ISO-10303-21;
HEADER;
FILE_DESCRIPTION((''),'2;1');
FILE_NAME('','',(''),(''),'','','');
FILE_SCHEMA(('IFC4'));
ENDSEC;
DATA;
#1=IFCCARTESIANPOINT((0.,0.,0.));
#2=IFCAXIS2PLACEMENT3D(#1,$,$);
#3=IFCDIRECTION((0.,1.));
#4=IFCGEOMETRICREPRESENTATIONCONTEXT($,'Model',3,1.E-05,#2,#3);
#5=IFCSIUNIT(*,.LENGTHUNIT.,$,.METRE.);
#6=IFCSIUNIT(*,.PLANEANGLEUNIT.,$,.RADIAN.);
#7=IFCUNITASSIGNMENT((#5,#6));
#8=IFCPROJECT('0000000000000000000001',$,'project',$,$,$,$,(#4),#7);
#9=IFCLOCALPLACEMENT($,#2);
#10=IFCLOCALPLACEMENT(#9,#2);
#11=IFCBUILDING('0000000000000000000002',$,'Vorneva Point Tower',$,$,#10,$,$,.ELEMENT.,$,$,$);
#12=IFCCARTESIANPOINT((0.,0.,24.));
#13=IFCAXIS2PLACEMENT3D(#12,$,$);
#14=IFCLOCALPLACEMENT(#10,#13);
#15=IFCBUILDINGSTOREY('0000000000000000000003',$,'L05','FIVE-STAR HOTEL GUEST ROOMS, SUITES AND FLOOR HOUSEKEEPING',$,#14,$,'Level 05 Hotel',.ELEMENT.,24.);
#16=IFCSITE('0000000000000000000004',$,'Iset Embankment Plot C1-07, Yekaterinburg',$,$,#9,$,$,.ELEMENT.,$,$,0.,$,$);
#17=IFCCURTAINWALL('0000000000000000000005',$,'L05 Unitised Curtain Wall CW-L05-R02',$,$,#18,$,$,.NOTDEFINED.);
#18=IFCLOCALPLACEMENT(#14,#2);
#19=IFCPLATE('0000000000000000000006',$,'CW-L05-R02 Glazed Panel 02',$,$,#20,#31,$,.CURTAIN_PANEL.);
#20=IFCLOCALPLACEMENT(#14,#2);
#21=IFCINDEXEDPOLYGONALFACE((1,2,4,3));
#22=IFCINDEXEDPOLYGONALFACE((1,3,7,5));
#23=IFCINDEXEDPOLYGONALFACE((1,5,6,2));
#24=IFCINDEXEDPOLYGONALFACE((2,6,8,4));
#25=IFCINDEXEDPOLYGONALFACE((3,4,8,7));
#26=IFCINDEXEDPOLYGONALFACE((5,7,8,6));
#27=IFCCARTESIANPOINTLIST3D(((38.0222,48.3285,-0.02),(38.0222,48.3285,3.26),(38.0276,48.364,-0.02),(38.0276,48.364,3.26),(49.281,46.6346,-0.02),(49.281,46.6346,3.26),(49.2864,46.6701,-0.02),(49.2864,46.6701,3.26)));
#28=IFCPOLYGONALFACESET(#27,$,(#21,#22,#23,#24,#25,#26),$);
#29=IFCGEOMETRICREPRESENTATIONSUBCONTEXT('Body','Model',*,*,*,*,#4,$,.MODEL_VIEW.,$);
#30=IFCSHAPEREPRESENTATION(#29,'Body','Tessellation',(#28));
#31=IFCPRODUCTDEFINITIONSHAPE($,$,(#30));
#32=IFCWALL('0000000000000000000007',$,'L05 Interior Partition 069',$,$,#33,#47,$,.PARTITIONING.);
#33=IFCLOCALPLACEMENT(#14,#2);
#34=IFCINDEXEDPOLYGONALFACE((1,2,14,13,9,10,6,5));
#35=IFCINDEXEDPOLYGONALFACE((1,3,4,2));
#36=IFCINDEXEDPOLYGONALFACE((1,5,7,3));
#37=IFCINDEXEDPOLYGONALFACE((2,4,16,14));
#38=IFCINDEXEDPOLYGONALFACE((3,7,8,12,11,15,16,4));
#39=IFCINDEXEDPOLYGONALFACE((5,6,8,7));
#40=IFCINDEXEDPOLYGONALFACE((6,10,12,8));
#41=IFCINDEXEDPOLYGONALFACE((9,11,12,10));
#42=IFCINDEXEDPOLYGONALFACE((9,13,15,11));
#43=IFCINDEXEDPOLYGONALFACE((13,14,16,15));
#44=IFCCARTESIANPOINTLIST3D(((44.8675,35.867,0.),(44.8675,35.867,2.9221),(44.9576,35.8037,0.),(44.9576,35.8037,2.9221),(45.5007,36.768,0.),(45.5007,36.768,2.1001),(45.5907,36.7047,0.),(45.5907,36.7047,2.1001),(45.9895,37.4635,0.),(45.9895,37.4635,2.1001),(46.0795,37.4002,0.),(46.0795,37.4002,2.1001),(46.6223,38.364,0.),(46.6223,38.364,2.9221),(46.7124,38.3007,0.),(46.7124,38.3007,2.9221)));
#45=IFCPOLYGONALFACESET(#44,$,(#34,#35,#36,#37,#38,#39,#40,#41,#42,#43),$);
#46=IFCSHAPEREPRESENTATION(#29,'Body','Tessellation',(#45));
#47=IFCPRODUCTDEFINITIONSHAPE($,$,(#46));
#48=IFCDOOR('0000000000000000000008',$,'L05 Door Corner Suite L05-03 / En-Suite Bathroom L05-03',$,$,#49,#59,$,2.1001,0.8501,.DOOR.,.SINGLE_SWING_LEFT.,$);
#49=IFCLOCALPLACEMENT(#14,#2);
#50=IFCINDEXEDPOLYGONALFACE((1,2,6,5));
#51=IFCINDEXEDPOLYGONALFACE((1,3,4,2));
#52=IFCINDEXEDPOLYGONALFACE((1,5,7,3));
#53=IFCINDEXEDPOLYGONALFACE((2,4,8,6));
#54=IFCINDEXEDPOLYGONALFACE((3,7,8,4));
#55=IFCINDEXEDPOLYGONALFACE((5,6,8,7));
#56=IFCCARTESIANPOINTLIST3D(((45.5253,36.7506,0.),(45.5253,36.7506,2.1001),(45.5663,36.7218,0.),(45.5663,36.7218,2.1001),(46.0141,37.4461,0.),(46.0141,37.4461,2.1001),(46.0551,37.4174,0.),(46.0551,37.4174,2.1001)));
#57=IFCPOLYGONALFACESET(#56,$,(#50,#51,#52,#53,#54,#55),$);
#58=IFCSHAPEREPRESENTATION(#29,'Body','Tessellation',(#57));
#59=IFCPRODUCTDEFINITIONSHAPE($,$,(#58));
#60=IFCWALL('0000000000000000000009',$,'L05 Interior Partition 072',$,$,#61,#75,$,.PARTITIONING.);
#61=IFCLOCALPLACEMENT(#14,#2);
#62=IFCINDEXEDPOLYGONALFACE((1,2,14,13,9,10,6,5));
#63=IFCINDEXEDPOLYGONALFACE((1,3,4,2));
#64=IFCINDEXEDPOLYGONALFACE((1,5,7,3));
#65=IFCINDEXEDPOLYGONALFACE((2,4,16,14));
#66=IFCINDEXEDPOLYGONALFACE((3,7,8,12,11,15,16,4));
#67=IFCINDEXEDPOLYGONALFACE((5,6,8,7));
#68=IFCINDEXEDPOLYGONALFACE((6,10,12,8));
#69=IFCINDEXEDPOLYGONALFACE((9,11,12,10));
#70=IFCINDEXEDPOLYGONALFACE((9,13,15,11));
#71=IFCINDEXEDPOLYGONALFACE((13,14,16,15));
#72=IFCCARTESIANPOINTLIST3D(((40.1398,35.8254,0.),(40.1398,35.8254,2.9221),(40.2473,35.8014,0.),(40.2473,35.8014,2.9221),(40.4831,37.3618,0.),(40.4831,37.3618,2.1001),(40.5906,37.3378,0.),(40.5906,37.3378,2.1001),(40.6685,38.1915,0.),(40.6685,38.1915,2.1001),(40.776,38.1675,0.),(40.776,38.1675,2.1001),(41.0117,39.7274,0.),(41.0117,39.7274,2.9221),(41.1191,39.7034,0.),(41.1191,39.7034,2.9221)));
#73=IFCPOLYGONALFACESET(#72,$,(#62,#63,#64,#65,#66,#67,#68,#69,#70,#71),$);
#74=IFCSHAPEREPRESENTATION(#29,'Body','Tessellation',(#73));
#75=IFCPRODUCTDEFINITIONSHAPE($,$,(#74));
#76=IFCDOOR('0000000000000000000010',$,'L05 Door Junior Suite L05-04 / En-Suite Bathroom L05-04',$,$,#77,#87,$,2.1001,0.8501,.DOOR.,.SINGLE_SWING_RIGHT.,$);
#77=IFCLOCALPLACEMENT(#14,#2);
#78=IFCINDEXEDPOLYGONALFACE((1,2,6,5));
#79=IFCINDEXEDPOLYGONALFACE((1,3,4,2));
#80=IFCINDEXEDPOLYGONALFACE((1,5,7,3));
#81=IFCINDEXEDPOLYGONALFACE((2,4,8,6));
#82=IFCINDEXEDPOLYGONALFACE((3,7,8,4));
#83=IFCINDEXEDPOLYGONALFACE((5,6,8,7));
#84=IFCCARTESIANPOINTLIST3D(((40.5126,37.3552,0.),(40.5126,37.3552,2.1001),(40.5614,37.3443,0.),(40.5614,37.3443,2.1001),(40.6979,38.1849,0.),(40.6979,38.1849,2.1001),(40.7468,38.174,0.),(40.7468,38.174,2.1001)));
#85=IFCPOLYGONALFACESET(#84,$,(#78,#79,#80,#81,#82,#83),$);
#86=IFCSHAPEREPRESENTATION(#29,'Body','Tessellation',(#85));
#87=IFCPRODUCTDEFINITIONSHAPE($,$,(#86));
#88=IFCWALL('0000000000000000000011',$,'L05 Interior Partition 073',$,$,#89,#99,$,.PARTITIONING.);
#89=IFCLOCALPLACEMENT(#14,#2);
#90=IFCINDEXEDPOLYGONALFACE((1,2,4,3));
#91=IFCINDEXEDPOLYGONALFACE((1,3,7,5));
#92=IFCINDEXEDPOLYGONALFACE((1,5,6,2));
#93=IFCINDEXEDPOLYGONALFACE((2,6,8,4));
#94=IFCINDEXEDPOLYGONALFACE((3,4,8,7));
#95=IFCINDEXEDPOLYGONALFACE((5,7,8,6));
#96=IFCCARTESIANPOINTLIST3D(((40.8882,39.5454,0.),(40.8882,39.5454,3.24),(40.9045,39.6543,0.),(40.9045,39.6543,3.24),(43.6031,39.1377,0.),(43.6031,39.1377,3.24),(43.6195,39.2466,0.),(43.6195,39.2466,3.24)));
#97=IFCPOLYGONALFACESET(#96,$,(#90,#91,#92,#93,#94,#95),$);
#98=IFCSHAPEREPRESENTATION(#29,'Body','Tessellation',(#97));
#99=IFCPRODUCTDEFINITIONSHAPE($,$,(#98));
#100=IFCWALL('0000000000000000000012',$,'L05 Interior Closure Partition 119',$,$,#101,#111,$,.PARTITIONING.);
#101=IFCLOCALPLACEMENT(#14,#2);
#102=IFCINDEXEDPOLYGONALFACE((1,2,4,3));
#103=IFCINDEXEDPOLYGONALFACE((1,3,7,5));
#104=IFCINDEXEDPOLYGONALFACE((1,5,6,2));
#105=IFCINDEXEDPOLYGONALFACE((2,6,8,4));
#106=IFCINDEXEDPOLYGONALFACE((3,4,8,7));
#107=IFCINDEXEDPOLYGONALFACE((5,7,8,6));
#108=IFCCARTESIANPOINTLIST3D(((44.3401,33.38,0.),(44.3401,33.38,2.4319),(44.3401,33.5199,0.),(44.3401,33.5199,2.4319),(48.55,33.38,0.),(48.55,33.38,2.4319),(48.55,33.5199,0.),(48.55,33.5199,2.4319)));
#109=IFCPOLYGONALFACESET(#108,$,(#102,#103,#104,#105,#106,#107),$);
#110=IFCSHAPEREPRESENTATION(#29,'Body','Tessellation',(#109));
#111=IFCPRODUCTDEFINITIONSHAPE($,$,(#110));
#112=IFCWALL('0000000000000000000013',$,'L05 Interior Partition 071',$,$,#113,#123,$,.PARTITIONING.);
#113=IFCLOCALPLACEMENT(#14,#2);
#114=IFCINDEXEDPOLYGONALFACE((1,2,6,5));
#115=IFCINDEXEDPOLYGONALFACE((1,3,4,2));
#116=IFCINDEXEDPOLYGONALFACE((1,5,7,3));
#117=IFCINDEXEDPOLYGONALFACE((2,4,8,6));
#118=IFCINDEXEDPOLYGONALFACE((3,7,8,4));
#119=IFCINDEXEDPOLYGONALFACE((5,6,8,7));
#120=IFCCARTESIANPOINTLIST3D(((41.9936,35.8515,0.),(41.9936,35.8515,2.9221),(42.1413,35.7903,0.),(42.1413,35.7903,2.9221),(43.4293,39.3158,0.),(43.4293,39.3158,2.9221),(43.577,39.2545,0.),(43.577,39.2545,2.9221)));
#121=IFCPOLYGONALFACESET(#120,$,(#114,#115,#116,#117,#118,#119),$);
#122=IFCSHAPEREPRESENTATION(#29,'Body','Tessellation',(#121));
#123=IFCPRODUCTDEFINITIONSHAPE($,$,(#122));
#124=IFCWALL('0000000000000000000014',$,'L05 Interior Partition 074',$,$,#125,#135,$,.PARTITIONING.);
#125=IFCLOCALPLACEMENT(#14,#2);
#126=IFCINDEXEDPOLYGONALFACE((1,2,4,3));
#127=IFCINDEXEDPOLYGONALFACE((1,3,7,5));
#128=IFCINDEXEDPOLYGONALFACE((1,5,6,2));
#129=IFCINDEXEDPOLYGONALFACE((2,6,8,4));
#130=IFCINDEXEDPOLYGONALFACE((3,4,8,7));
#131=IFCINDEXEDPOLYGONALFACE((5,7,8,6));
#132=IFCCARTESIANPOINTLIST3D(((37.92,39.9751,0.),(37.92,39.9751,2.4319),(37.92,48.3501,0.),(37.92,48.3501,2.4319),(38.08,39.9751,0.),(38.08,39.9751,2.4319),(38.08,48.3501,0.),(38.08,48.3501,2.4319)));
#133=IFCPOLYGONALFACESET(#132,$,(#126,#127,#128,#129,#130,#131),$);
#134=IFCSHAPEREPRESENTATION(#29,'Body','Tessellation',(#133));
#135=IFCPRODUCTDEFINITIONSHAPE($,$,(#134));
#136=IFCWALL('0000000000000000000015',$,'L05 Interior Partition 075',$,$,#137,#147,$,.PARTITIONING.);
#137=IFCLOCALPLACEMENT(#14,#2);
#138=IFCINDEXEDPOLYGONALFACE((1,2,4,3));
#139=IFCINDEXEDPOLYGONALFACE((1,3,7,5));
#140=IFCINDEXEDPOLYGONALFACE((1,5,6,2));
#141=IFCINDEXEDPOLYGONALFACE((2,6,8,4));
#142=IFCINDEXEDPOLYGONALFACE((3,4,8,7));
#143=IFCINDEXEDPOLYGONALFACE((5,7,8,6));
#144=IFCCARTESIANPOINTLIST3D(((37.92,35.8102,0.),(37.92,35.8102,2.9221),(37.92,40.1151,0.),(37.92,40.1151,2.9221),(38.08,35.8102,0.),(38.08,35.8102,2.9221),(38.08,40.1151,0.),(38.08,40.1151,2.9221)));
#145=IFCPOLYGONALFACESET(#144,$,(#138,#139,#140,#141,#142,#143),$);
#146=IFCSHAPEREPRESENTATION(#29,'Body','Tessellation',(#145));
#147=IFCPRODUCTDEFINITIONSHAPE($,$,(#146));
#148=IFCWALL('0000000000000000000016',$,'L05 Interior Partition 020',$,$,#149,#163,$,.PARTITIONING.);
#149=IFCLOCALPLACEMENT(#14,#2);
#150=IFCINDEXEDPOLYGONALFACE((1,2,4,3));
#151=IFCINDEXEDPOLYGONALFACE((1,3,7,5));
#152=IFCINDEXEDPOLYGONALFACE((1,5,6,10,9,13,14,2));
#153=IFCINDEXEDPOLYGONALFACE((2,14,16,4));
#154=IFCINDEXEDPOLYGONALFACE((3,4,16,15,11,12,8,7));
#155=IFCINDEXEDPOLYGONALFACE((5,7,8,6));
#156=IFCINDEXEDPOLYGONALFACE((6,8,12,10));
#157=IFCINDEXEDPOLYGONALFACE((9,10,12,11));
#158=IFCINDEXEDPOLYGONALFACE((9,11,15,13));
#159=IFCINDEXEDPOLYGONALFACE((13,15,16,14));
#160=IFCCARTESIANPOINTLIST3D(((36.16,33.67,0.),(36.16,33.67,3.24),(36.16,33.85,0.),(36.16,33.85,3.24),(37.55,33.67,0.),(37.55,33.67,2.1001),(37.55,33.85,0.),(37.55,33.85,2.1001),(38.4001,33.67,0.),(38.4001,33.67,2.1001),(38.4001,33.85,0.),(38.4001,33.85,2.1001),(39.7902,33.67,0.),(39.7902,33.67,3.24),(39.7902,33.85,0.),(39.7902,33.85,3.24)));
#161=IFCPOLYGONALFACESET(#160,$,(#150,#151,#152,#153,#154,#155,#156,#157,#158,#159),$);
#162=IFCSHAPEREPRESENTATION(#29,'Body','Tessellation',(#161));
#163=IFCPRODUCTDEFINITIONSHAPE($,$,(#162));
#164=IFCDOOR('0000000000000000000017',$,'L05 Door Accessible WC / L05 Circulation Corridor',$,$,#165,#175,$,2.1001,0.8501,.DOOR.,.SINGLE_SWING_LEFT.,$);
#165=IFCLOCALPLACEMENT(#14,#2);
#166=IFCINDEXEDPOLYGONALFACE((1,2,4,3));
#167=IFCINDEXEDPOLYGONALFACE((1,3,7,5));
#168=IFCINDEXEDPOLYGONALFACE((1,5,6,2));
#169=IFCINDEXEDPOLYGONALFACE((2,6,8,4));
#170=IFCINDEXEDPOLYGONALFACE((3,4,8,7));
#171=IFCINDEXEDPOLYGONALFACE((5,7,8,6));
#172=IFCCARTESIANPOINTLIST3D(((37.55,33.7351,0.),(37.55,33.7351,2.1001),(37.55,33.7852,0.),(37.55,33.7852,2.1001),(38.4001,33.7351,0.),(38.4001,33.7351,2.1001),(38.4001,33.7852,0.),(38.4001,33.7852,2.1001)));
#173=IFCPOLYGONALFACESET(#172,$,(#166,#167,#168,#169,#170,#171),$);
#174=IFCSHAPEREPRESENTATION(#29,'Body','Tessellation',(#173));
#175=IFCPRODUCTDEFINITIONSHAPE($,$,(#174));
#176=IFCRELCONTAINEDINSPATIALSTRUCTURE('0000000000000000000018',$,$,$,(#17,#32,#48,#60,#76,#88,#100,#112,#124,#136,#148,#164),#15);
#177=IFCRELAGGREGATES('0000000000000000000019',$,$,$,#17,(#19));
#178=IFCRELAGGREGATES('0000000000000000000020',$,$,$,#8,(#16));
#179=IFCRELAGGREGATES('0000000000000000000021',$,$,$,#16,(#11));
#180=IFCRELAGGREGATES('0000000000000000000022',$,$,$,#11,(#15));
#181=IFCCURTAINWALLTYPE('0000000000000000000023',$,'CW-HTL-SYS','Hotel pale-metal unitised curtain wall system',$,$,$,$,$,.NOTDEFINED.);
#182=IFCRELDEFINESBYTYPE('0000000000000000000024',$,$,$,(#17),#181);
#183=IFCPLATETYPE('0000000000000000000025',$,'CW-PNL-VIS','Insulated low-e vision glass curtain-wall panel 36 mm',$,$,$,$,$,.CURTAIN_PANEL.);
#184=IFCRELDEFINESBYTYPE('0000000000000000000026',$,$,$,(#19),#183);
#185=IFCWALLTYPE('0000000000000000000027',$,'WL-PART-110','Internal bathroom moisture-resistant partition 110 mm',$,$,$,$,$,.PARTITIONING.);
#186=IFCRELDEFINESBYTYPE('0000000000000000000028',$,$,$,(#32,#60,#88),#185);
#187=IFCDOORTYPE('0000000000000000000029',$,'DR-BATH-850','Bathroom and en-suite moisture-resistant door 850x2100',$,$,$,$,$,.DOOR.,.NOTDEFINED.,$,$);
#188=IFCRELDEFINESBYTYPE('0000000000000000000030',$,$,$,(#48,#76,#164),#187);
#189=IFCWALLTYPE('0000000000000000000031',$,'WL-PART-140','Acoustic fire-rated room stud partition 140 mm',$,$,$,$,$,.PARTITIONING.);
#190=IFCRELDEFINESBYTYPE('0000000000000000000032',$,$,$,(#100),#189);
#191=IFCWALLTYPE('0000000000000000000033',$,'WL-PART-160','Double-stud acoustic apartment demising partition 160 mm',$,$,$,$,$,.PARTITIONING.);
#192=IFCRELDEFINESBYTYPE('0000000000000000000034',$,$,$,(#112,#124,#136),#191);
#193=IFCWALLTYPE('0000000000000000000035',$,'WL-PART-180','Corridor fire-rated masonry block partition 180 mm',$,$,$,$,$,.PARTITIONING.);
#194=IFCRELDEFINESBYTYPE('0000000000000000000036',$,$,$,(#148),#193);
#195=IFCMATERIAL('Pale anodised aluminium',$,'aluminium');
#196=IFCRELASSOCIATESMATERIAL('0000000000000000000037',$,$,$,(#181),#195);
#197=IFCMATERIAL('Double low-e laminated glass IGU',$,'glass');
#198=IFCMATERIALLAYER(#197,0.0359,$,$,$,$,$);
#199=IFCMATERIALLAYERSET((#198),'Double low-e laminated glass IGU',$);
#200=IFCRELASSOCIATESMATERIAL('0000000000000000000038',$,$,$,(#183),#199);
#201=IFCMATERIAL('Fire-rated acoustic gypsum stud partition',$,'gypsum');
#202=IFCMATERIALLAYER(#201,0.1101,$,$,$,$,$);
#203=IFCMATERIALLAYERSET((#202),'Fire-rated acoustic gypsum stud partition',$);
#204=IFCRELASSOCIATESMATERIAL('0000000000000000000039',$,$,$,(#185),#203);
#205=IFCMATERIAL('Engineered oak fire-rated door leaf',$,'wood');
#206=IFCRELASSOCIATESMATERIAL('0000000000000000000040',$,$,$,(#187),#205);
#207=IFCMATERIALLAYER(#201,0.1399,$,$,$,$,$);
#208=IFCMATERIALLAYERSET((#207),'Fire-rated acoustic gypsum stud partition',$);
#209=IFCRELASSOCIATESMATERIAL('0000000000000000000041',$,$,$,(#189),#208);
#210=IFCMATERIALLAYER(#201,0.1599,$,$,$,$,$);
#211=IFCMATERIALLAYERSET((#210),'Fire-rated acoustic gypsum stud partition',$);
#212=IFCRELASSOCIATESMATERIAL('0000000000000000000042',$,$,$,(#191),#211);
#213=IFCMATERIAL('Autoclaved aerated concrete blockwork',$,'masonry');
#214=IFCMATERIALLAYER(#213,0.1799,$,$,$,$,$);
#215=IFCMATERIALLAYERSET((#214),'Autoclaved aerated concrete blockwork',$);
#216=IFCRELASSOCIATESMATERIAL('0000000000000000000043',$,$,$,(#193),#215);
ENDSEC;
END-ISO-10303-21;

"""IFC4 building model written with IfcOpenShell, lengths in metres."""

from ifc_helpers import new_model, si_unit, direction, frame, frame_2d, origin, origin_2d, place, context, subcontext, project, spatial, rectangle, extrude, material, layer, layer_set, type_object, element, fill, aggregate, save


model = new_model("IFC4")

# Units and contexts
model_context = context("Model", 3, precision=1e-05, world=origin(), true_north=direction((0.0, 1.0)))
body_context = subcontext(model_context, "Body", "Model", "MODEL_VIEW")
ifc_project = project(units=[si_unit("LENGTHUNIT", "METRE"), si_unit("PLANEANGLEUNIT", "RADIAN")], contexts=[model_context])

# Site, building, storey
site_placement = place(None, origin())
site = spatial("IfcSite", under=ifc_project, at=site_placement, Name="Iset Embankment Plot C1-07, Yekaterinburg", CompositionType="ELEMENT", RefElevation=0.0)
building_placement = place(site_placement, origin())
building = spatial("IfcBuilding", under=site, at=building_placement, Name="Vorneva Point Tower", CompositionType="ELEMENT")
storey_placement = place(building_placement, frame((0.0, 0.0, 24.0)))
storey = spatial("IfcBuildingStorey", under=building, at=storey_placement, Name="L05", Description="FIVE-STAR HOTEL GUEST ROOMS, SUITES AND FLOOR HOUSEKEEPING", LongName="Level 05 Hotel", CompositionType="ELEMENT", Elevation=24.0)

# Curtain wall, plate
ifc_material_1 = material(Name="Pale anodised aluminium", Category="aluminium")
curtain_wall_type = type_object("IfcCurtainWallType", Name="CW-HTL-SYS", Description="Hotel pale-metal unitised curtain wall system", PredefinedType="NOTDEFINED", material=ifc_material_1)
curtain_wall_placement = place(storey_placement, origin())
curtain_wall = element("IfcCurtainWall", 1, at=curtain_wall_placement, inside=storey, type_object=curtain_wall_type, Name="L05 Unitised Curtain Wall CW-L05-R02", PredefinedType="NOTDEFINED")
ifc_material_2 = material(Name="Double low-e laminated glass IGU", Category="glass")
ifc_layer_1 = layer(ifc_material_2, 0.0359)
ifc_layer_set_1 = layer_set([ifc_layer_1], Name="Double low-e laminated glass IGU")
plate_type = type_object("IfcPlateType", Name="CW-PNL-VIS", Description="Insulated low-e vision glass curtain-wall panel 36 mm", PredefinedType="CURTAIN_PANEL", material=ifc_layer_set_1)
plate_placement = place(storey_placement, frame((43.6543, 47.4993, -0.02), z_axis=(0.0, 0.0, 1.0), x_axis=(-0.988871, 0.148776, 0.0)))
plate = element("IfcPlate", 2, at=plate_placement, type_object=plate_type, Name="CW-L05-R02 Glazed Panel 02", PredefinedType="CURTAIN_PANEL", context=body_context, shape_type="SweptSolid", body=[
    extrude(rectangle(XDim=11.3855, YDim=0.0359, at=origin_2d()), origin(), (0.0, 0.0, 1.0), 3.28),
])
aggregate(curtain_wall, [plate])

# Walls, openings, doors
ifc_material_3 = material(Name="Fire-rated acoustic gypsum stud partition", Category="gypsum")
ifc_layer_2 = layer(ifc_material_3, 0.1101)
ifc_layer_set_2 = layer_set([ifc_layer_2], Name="Fire-rated acoustic gypsum stud partition")
wall_type_1 = type_object("IfcWallType", Name="WL-PART-110", Description="Internal bathroom moisture-resistant partition 110 mm", PredefinedType="PARTITIONING", material=ifc_layer_set_2)
wall_1_placement = place(storey_placement, frame((44.9126, 35.8354, 0.0), z_axis=(0.0, 0.0, 1.0), x_axis=(0.574986, 0.818163, 0.0)))
wall_1 = element("IfcWall", 3, at=wall_1_placement, inside=storey, type_object=wall_type_1, Name="L05 Interior Partition 069", PredefinedType="PARTITIONING", context=body_context, shape_type="SweptSolid", body=[
    extrude(rectangle(XDim=3.052, YDim=0.1101, at=frame_2d((1.5259, 0.0))), origin(), (0.0, 0.0, 1.0), 2.9221),
])
opening_1_placement = place(wall_1_placement, frame((1.1011, 0.0, 0.0)))
opening_1 = element("IfcOpeningElement", 4, at=opening_1_placement, cuts=wall_1, PredefinedType="OPENING", context=body_context, shape_type="SweptSolid", body=[
    extrude(rectangle(XDim=0.8501, YDim=2.1001, at=frame_2d((0.425, 1.05))), frame((0.0, 0.0698, 0.0), z_axis=(0.0, -1.0, 0.0), x_axis=(1.0, 0.0, 0.0)), (0.0, 0.0, 1.0), 0.1399),
])
ifc_material_4 = material(Name="Engineered oak fire-rated door leaf", Category="wood")
door_type_1 = type_object("IfcDoorType", Name="DR-BATH-850", Description="Bathroom and en-suite moisture-resistant door 850x2100", OperationType="NOTDEFINED", PredefinedType="DOOR", material=ifc_material_4)
door_1_placement = place(opening_1_placement, origin())
door_1 = element("IfcDoor", 5, at=door_1_placement, inside=storey, type_object=door_type_1, Name="L05 Door Corner Suite L05-03 / En-Suite Bathroom L05-03", OperationType="SINGLE_SWING_LEFT", OverallHeight=2.1001, OverallWidth=0.8501, PredefinedType="DOOR", context=body_context, shape_type="SweptSolid", body=[
    extrude(rectangle(XDim=0.8501, YDim=2.1001, at=frame_2d((0.425, 1.05))), frame((0.0, 0.0249, 0.0), z_axis=(0.0, -1.0, 0.0), x_axis=(1.0, 0.0, 0.0)), (0.0, 0.0, 1.0), 0.05),
])
fill(opening_1, door_1)
wall_2_placement = place(storey_placement, frame((40.1936, 35.8135, 0.0), z_axis=(0.0, 0.0, 1.0), x_axis=(0.218049, 0.975938, 0.0)))
wall_2 = element("IfcWall", 6, at=wall_2_placement, inside=storey, type_object=wall_type_1, Name="L05 Interior Partition 072", PredefinedType="PARTITIONING", context=body_context, shape_type="SweptSolid", body=[
    extrude(rectangle(XDim=3.9983, YDim=0.1101, at=frame_2d((1.999, 0.0))), origin(), (0.0, 0.0, 1.0), 2.9221),
])
opening_2_placement = place(wall_2_placement, frame((1.5742, 0.0, 0.0)))
opening_2 = element("IfcOpeningElement", 7, at=opening_2_placement, cuts=wall_2, PredefinedType="OPENING", context=body_context, shape_type="SweptSolid", body=[
    extrude(rectangle(XDim=0.8501, YDim=2.1001, at=frame_2d((0.425, 1.05))), frame((0.0, 0.0698, 0.0), z_axis=(0.0, -1.0, 0.0), x_axis=(1.0, 0.0, 0.0)), (0.0, 0.0, 1.0), 0.1399),
])
door_2_placement = place(opening_2_placement, origin())
door_2 = element("IfcDoor", 8, at=door_2_placement, inside=storey, type_object=door_type_1, Name="L05 Door Junior Suite L05-04 / En-Suite Bathroom L05-04", OperationType="SINGLE_SWING_RIGHT", OverallHeight=2.1001, OverallWidth=0.8501, PredefinedType="DOOR", context=body_context, shape_type="SweptSolid", body=[
    extrude(rectangle(XDim=0.8501, YDim=2.1001, at=frame_2d((0.425, 1.05))), frame((0.0, 0.0249, 0.0), z_axis=(0.0, -1.0, 0.0), x_axis=(1.0, 0.0, 0.0)), (0.0, 0.0, 1.0), 0.05),
])
fill(opening_2, door_2)

# Walls
wall_3_placement = place(storey_placement, frame((40.8965, 39.5999, 0.0), z_axis=(0.0, 0.0, 1.0), x_axis=(0.98891, -0.148514, 0.0)))
element("IfcWall", 9, at=wall_3_placement, inside=storey, type_object=wall_type_1, Name="L05 Interior Partition 073", PredefinedType="PARTITIONING", context=body_context, shape_type="SweptSolid", body=[
    extrude(rectangle(XDim=2.7454, YDim=0.1101, at=frame_2d((1.3726, 0.0))), origin(), (0.0, 0.0, 1.0), 3.24),
])
ifc_layer_3 = layer(ifc_material_3, 0.1399)
ifc_layer_set_3 = layer_set([ifc_layer_3], Name="Fire-rated acoustic gypsum stud partition")
wall_type_2 = type_object("IfcWallType", Name="WL-PART-140", Description="Acoustic fire-rated room stud partition 140 mm", PredefinedType="PARTITIONING", material=ifc_layer_set_3)
wall_4_placement = place(storey_placement, frame((44.3401, 33.45, 0.0), z_axis=(0.0, 0.0, 1.0), x_axis=(1.0, 0.0, 0.0)))
element("IfcWall", 10, at=wall_4_placement, inside=storey, type_object=wall_type_2, Name="L05 Interior Closure Partition 119", PredefinedType="PARTITIONING", context=body_context, shape_type="SweptSolid", body=[
    extrude(rectangle(XDim=4.21, YDim=0.1399, at=frame_2d((2.105, 0.0))), origin(), (0.0, 0.0, 1.0), 2.4319),
])
ifc_layer_4 = layer(ifc_material_3, 0.1599)
ifc_layer_set_4 = layer_set([ifc_layer_4], Name="Fire-rated acoustic gypsum stud partition")
wall_type_3 = type_object("IfcWallType", Name="WL-PART-160", Description="Double-stud acoustic apartment demising partition 160 mm", PredefinedType="PARTITIONING", material=ifc_layer_set_4)
wall_5_placement = place(storey_placement, frame((43.5032, 39.2852, 0.0), z_axis=(0.0, 0.0, 1.0), x_axis=(-0.382867, -0.923803, 0.0)))
element("IfcWall", 11, at=wall_5_placement, inside=storey, type_object=wall_type_3, Name="L05 Interior Partition 071", PredefinedType="PARTITIONING", context=body_context, shape_type="SweptSolid", body=[
    extrude(rectangle(XDim=3.75, YDim=0.1599, at=frame_2d((1.875, 0.0))), origin(), (0.0, 0.0, 1.0), 2.9221),
])
wall_6_placement = place(storey_placement, frame((38.0, 48.3501, 0.0), z_axis=(0.0, 0.0, 1.0), x_axis=(0.0, -1.0, 0.0)))
element("IfcWall", 12, at=wall_6_placement, inside=storey, type_object=wall_type_3, Name="L05 Interior Partition 074", PredefinedType="PARTITIONING", context=body_context, shape_type="SweptSolid", body=[
    extrude(rectangle(XDim=8.375, YDim=0.1599, at=frame_2d((4.1875, 0.0))), origin(), (0.0, 0.0, 1.0), 2.4319),
])
wall_7_placement = place(storey_placement, frame((38.0, 40.115, 0.0), z_axis=(0.0, 0.0, 1.0), x_axis=(0.0, -1.0, 0.0)))
element("IfcWall", 13, at=wall_7_placement, inside=storey, type_object=wall_type_3, Name="L05 Interior Partition 075", PredefinedType="PARTITIONING", context=body_context, shape_type="SweptSolid", body=[
    extrude(rectangle(XDim=4.3049, YDim=0.1599, at=frame_2d((2.1523, 0.0))), origin(), (0.0, 0.0, 1.0), 2.9221),
])

# Wall, opening, door
ifc_material_5 = material(Name="Autoclaved aerated concrete blockwork", Category="masonry")
ifc_layer_5 = layer(ifc_material_5, 0.1799)
ifc_layer_set_5 = layer_set([ifc_layer_5], Name="Autoclaved aerated concrete blockwork")
wall_type_4 = type_object("IfcWallType", Name="WL-PART-180", Description="Corridor fire-rated masonry block partition 180 mm", PredefinedType="PARTITIONING", material=ifc_layer_set_5)
wall_8_placement = place(storey_placement, frame((39.79, 33.76, 0.0), z_axis=(0.0, 0.0, 1.0), x_axis=(-1.0, 0.0, 0.0)))
wall_8 = element("IfcWall", 14, at=wall_8_placement, inside=storey, type_object=wall_type_4, Name="L05 Interior Partition 020", PredefinedType="PARTITIONING", context=body_context, shape_type="SweptSolid", body=[
    extrude(rectangle(XDim=3.6301, YDim=0.1799, at=frame_2d((1.8149, 0.0))), origin(), (0.0, 0.0, 1.0), 3.24),
])
opening_3_placement = place(wall_8_placement, frame((1.3899, 0.0, 0.0)))
opening_3 = element("IfcOpeningElement", 15, at=opening_3_placement, cuts=wall_8, PredefinedType="OPENING", context=body_context, shape_type="SweptSolid", body=[
    extrude(rectangle(XDim=0.8501, YDim=2.1001, at=frame_2d((0.425, 1.05))), frame((0.0, 0.105, 0.0), z_axis=(0.0, -1.0, 0.0), x_axis=(1.0, 0.0, 0.0)), (0.0, 0.0, 1.0), 0.2097),
])
door_3_placement = place(opening_3_placement, origin())
door_3 = element("IfcDoor", 16, at=door_3_placement, inside=storey, type_object=door_type_1, Name="L05 Door Accessible WC / L05 Circulation Corridor", OperationType="SINGLE_SWING_LEFT", OverallHeight=2.1001, OverallWidth=0.8501, PredefinedType="DOOR", context=body_context, shape_type="SweptSolid", body=[
    extrude(rectangle(XDim=0.8501, YDim=2.1001, at=frame_2d((0.425, 1.05))), frame((0.0, 0.0249, 0.0), z_axis=(0.0, -1.0, 0.0), x_axis=(1.0, 0.0, 0.0)), (0.0, 0.0, 1.0), 0.05),
])
fill(opening_3, door_3)

save(model, "model.ifc")
